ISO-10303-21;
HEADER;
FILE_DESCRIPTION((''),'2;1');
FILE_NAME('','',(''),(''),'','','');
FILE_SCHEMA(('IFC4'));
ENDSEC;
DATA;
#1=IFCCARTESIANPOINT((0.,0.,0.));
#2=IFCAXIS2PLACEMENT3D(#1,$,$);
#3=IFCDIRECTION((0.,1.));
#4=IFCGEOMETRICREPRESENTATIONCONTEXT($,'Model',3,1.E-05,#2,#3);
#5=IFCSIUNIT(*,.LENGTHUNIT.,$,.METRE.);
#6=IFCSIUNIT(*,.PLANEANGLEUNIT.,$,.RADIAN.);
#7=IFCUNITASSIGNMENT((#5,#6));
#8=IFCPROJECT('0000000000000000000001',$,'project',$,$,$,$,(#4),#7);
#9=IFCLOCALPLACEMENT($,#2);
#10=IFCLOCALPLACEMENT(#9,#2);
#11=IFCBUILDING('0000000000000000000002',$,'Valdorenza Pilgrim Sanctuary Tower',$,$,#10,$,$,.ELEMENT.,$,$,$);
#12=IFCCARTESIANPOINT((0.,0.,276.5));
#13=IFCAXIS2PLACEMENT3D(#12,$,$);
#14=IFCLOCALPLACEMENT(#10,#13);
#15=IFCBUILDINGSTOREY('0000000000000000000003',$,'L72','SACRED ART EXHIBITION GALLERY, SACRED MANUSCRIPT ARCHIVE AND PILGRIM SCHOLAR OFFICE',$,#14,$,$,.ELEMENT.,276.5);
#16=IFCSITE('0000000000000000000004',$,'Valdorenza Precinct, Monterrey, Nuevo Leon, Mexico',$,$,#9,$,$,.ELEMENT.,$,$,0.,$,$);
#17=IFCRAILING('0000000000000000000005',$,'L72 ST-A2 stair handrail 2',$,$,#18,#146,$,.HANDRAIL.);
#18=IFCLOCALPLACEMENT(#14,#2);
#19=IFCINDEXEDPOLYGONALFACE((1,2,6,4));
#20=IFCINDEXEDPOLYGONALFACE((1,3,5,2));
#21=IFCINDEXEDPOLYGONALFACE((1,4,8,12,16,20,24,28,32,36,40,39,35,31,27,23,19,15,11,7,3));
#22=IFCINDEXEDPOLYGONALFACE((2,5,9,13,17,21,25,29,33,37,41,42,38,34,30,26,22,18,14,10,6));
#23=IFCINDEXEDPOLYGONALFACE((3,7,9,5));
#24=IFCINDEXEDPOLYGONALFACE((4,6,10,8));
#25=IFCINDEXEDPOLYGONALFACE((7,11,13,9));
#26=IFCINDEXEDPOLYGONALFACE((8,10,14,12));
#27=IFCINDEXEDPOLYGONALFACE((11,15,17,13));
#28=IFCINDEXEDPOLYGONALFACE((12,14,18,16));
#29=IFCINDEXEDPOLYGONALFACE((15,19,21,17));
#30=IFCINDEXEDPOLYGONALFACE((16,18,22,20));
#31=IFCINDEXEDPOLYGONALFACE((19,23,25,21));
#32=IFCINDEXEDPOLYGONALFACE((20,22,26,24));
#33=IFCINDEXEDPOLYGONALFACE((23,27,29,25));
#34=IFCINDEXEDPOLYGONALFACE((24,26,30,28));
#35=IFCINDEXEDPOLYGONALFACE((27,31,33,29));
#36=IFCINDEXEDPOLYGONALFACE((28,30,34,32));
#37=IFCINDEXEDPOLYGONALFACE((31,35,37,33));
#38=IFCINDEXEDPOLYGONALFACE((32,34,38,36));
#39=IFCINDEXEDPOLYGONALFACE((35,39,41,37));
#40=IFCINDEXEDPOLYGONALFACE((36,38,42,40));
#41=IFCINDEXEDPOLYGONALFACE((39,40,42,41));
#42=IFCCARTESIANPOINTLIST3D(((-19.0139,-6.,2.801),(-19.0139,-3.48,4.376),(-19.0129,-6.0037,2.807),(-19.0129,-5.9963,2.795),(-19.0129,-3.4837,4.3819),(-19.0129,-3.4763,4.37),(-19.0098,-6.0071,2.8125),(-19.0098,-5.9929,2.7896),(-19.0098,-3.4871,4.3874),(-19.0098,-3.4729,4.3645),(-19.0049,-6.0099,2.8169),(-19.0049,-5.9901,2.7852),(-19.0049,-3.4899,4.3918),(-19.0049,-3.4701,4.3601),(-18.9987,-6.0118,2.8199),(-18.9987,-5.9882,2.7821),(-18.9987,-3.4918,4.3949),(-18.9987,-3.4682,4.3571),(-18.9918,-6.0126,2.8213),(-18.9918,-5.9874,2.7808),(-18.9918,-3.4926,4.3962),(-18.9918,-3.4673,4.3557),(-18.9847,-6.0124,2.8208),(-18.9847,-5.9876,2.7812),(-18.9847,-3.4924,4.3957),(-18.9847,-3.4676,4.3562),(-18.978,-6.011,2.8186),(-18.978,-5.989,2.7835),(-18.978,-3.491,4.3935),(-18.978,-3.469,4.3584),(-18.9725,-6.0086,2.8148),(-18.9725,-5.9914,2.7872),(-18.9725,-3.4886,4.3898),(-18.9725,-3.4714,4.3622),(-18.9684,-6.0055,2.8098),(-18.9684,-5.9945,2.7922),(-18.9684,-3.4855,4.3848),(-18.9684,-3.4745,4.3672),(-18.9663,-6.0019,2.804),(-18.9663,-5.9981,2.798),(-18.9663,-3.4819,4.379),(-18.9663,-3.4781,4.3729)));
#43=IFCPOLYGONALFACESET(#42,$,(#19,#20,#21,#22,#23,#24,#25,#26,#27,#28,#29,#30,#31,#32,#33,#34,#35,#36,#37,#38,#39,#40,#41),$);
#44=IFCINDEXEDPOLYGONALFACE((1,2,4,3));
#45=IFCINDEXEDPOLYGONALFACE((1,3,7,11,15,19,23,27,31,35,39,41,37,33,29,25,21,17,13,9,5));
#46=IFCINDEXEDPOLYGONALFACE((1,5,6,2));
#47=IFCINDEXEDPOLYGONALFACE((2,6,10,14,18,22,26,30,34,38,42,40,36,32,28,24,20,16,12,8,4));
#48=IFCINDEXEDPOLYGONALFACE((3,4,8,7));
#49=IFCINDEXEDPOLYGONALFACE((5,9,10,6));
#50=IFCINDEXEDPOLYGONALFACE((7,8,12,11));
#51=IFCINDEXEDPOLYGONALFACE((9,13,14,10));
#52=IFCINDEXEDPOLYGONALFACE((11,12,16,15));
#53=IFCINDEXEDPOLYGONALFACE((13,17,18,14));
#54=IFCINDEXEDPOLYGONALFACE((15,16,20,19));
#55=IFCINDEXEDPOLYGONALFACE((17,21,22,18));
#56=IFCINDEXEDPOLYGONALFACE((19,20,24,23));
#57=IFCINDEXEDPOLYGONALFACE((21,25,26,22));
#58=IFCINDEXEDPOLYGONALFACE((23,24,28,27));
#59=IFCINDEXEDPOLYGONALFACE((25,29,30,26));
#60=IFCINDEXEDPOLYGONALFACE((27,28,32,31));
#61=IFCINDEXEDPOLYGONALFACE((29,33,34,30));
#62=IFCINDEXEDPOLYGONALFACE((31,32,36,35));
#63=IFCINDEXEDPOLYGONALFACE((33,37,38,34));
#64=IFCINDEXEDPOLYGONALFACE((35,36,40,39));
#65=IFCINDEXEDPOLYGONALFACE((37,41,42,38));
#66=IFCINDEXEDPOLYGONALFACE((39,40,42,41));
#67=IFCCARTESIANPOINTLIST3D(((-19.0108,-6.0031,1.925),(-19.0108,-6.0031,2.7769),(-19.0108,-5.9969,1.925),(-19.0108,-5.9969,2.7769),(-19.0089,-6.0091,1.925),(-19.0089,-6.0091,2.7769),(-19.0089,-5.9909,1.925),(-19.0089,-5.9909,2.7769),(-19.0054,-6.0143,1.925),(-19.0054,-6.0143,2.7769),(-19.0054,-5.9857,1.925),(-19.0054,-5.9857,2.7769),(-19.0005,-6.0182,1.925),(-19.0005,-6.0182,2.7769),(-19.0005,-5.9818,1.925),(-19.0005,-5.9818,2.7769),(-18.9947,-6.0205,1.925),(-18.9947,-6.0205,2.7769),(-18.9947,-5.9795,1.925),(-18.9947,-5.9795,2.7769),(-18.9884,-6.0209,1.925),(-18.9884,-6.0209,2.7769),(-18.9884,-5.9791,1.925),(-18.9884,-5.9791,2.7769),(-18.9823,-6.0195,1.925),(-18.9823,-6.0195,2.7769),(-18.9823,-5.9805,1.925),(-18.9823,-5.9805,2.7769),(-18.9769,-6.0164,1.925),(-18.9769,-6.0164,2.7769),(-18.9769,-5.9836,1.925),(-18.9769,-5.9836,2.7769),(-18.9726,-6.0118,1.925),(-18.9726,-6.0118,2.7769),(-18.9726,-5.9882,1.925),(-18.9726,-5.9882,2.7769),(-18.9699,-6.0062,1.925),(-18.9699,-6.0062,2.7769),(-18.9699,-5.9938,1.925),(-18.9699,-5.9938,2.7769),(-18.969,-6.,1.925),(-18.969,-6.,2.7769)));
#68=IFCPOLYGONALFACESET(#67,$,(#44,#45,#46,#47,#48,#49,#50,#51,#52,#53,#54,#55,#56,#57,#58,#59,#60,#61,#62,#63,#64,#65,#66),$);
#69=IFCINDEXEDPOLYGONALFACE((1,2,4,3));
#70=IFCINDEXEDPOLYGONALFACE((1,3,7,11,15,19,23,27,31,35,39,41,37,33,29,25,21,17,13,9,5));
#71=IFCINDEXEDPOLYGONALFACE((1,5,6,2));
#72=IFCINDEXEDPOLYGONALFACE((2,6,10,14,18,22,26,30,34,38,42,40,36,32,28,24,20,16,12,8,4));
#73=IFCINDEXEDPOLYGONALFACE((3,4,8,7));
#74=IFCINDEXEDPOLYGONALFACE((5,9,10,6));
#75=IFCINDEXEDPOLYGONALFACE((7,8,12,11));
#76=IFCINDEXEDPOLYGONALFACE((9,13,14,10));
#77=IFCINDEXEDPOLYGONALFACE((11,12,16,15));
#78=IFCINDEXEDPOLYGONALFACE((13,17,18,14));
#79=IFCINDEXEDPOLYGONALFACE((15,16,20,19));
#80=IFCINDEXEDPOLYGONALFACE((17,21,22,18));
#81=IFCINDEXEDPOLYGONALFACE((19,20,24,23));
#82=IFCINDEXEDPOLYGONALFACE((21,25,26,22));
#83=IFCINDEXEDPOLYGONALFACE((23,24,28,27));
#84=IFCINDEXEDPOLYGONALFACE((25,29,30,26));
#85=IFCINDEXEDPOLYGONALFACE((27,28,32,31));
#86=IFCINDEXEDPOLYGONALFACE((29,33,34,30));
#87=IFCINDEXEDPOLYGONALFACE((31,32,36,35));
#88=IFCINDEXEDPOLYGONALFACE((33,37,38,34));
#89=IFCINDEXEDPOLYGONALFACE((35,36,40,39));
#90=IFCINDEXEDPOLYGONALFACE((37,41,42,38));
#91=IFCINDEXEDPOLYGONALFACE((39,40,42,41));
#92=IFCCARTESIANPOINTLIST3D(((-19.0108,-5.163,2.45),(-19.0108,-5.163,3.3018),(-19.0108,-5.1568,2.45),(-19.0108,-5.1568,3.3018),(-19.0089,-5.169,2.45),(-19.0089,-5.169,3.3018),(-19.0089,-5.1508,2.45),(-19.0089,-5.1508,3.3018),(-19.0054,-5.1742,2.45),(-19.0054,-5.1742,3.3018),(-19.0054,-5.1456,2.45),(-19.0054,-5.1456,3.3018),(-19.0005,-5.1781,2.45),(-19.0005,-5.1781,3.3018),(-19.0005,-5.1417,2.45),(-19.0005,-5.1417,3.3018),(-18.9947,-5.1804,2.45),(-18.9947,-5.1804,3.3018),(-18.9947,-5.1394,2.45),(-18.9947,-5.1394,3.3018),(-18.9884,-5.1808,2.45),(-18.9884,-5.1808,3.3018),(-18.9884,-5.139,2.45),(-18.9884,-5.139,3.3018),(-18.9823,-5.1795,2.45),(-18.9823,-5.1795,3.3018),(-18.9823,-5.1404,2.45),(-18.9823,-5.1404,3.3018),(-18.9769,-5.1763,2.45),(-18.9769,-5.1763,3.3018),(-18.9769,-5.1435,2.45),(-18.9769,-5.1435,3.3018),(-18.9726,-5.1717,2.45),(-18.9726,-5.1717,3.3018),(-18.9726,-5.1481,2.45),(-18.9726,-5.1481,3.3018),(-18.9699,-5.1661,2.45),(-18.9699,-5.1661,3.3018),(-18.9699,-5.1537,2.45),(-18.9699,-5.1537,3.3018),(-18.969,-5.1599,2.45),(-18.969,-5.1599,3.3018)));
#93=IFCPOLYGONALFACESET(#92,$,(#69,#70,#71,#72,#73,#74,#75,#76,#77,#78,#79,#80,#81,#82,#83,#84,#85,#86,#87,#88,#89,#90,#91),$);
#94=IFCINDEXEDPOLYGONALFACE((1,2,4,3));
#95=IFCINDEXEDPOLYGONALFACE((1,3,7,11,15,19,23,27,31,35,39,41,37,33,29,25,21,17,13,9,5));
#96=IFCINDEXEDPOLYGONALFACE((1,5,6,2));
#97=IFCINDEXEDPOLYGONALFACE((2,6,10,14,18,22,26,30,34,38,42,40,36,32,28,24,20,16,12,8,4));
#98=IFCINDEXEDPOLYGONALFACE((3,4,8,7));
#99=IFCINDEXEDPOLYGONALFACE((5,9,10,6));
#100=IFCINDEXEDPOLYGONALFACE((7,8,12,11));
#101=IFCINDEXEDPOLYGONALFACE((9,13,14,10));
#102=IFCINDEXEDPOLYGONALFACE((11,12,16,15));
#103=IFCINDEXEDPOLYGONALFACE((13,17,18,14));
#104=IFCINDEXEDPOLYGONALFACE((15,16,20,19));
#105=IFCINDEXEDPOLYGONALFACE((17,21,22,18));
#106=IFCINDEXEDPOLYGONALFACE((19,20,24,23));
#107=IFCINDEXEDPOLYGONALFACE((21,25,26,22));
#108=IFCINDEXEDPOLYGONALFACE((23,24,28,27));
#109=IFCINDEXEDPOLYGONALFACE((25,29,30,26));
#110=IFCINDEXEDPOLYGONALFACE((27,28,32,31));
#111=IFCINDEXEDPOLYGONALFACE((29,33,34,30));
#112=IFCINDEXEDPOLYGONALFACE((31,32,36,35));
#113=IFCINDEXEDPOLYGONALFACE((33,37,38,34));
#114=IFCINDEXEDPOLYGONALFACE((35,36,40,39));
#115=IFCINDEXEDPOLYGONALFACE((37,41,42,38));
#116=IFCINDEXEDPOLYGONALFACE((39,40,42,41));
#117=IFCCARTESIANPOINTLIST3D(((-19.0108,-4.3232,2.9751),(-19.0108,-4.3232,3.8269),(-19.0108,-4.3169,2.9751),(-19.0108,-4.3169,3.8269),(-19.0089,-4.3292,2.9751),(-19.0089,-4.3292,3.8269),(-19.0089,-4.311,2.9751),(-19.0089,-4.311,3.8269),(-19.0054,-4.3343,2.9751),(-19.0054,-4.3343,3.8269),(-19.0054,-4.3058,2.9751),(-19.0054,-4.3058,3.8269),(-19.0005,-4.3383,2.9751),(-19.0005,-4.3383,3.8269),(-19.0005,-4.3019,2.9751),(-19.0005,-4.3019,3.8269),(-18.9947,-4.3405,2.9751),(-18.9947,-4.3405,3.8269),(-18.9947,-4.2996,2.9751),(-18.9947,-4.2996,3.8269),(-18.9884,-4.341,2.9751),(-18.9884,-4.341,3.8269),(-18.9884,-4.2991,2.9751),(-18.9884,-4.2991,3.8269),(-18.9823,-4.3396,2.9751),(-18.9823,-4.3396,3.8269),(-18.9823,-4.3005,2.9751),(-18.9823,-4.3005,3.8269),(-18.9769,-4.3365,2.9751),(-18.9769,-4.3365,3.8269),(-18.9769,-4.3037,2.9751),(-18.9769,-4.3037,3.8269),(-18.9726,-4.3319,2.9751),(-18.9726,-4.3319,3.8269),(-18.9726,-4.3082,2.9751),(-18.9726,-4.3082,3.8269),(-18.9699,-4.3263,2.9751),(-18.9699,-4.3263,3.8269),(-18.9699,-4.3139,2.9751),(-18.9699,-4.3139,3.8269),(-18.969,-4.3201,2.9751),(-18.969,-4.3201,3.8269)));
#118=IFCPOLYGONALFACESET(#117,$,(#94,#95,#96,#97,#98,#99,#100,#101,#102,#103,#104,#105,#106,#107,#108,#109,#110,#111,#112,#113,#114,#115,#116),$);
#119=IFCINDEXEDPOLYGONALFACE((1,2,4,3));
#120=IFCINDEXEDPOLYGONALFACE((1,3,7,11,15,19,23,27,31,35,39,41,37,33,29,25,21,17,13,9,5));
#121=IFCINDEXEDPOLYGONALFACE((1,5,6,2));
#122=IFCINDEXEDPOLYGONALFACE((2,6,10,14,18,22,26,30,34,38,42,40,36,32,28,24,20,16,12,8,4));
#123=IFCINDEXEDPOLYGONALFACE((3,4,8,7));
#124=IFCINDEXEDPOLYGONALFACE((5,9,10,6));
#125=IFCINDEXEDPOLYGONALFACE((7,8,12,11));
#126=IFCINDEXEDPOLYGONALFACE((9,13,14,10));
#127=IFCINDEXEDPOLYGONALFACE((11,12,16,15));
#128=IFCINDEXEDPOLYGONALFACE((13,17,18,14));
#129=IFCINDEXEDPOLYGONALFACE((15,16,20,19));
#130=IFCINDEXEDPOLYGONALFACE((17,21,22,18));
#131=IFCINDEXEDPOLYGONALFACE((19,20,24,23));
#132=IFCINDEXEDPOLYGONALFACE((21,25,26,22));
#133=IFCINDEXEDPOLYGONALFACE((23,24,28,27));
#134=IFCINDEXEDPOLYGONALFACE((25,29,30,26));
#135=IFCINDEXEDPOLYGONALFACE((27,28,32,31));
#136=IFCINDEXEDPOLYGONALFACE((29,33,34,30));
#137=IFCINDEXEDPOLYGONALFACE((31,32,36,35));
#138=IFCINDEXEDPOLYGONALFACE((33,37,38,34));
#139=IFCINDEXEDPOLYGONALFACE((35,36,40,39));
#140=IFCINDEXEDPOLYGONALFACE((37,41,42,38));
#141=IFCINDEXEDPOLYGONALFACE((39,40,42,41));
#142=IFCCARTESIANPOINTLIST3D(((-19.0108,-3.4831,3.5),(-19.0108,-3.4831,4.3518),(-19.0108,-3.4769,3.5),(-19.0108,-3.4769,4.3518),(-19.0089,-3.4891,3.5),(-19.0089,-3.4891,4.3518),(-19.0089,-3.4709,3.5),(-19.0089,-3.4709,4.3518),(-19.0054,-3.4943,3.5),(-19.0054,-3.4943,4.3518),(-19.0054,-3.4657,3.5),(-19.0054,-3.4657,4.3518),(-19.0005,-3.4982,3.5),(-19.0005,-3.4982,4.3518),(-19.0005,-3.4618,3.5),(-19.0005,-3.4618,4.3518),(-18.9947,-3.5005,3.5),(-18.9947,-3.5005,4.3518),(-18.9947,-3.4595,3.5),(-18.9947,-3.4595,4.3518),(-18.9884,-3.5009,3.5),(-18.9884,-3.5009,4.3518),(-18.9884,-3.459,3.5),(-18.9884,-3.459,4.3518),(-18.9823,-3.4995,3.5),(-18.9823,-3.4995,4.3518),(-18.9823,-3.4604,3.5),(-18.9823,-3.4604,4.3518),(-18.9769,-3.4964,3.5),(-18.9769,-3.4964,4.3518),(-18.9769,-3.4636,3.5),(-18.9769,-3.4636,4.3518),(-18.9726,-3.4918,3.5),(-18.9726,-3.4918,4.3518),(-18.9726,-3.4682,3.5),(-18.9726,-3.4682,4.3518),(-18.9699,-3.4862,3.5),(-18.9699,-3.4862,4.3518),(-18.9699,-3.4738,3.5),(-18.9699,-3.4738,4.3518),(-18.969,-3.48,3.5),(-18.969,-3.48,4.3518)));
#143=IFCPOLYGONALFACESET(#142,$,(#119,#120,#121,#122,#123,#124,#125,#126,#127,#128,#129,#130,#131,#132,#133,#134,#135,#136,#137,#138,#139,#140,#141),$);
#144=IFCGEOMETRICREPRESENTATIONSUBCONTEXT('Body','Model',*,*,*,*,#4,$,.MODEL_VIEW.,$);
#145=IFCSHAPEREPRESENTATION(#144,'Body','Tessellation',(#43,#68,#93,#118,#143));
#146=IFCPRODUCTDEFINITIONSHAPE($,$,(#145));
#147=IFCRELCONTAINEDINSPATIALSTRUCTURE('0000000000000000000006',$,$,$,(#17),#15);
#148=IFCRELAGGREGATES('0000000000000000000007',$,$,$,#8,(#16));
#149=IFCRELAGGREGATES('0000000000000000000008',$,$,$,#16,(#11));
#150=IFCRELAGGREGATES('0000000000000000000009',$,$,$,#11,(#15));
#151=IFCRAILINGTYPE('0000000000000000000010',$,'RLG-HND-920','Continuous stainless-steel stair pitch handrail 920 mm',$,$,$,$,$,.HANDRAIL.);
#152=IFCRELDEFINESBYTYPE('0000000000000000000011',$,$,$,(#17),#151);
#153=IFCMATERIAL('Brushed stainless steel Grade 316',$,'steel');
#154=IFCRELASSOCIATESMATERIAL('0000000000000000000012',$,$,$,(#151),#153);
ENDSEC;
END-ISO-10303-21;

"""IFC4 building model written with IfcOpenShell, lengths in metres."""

from ifc_helpers import new_model, si_unit, direction, frame, origin, origin_2d, place, context, subcontext, project, spatial, circle, extrude, material, type_object, element, save


model = new_model("IFC4")

# Units and contexts
model_context = context("Model", 3, precision=1e-05, world=origin(), true_north=direction((0.0, 1.0)))
body_context = subcontext(model_context, "Body", "Model", "MODEL_VIEW")
ifc_project = project(units=[si_unit("LENGTHUNIT", "METRE"), si_unit("PLANEANGLEUNIT", "RADIAN")], contexts=[model_context])

# Site, building, storey
site_placement = place(None, origin())
site = spatial("IfcSite", under=ifc_project, at=site_placement, Name="Valdorenza Precinct, Monterrey, Nuevo Leon, Mexico", CompositionType="ELEMENT", RefElevation=0.0)
building_placement = place(site_placement, origin())
building = spatial("IfcBuilding", under=site, at=building_placement, Name="Valdorenza Pilgrim Sanctuary Tower", CompositionType="ELEMENT")
storey_placement = place(building_placement, frame((0.0, 0.0, 276.5)))
storey = spatial("IfcBuildingStorey", under=building, at=storey_placement, Name="L72", Description="SACRED ART EXHIBITION GALLERY, SACRED MANUSCRIPT ARCHIVE AND PILGRIM SCHOLAR OFFICE", CompositionType="ELEMENT", Elevation=276.5)

# Shared definitions
ifc_material_1 = material(Name="Brushed stainless steel Grade 316", Category="steel")

# Railing
railing_type_1 = type_object("IfcRailingType", Name="RLG-HND-920", Description="Continuous stainless-steel stair pitch handrail 920 mm", PredefinedType="HANDRAIL", material=ifc_material_1)
railing_1_placement = place(storey_placement, frame((-18.99, -6.0, 1.925)))
element("IfcRailing", 1, at=railing_1_placement, inside=storey, type_object=railing_type_1, Name="L72 ST-A2 stair handrail 2", PredefinedType="HANDRAIL", context=body_context, shape_type="SweptSolid", body=[
    extrude(circle(Radius=0.0239, at=origin_2d()), frame((0.0, 0.0, 0.876), z_axis=(0.0, 0.848008, 0.529984), x_axis=(-1.0, 0.0, 0.0)), (0.0, 0.0, 1.0), 2.9717),
    extrude(circle(Radius=0.021, at=origin_2d()), origin(), (0.0, 0.0, 1.0), 0.8518),
    extrude(circle(Radius=0.021, at=origin_2d()), frame((0.0, 0.8401, 0.5249)), (0.0, 0.0, 1.0), 0.8518),
    extrude(circle(Radius=0.021, at=origin_2d()), frame((0.0, 1.6799, 1.05)), (0.0, 0.0, 1.0), 0.8518),
    extrude(circle(Radius=0.021, at=origin_2d()), frame((0.0, 2.52, 1.575)), (0.0, 0.0, 1.0), 0.8518),
])

save(model, "model.ifc")
